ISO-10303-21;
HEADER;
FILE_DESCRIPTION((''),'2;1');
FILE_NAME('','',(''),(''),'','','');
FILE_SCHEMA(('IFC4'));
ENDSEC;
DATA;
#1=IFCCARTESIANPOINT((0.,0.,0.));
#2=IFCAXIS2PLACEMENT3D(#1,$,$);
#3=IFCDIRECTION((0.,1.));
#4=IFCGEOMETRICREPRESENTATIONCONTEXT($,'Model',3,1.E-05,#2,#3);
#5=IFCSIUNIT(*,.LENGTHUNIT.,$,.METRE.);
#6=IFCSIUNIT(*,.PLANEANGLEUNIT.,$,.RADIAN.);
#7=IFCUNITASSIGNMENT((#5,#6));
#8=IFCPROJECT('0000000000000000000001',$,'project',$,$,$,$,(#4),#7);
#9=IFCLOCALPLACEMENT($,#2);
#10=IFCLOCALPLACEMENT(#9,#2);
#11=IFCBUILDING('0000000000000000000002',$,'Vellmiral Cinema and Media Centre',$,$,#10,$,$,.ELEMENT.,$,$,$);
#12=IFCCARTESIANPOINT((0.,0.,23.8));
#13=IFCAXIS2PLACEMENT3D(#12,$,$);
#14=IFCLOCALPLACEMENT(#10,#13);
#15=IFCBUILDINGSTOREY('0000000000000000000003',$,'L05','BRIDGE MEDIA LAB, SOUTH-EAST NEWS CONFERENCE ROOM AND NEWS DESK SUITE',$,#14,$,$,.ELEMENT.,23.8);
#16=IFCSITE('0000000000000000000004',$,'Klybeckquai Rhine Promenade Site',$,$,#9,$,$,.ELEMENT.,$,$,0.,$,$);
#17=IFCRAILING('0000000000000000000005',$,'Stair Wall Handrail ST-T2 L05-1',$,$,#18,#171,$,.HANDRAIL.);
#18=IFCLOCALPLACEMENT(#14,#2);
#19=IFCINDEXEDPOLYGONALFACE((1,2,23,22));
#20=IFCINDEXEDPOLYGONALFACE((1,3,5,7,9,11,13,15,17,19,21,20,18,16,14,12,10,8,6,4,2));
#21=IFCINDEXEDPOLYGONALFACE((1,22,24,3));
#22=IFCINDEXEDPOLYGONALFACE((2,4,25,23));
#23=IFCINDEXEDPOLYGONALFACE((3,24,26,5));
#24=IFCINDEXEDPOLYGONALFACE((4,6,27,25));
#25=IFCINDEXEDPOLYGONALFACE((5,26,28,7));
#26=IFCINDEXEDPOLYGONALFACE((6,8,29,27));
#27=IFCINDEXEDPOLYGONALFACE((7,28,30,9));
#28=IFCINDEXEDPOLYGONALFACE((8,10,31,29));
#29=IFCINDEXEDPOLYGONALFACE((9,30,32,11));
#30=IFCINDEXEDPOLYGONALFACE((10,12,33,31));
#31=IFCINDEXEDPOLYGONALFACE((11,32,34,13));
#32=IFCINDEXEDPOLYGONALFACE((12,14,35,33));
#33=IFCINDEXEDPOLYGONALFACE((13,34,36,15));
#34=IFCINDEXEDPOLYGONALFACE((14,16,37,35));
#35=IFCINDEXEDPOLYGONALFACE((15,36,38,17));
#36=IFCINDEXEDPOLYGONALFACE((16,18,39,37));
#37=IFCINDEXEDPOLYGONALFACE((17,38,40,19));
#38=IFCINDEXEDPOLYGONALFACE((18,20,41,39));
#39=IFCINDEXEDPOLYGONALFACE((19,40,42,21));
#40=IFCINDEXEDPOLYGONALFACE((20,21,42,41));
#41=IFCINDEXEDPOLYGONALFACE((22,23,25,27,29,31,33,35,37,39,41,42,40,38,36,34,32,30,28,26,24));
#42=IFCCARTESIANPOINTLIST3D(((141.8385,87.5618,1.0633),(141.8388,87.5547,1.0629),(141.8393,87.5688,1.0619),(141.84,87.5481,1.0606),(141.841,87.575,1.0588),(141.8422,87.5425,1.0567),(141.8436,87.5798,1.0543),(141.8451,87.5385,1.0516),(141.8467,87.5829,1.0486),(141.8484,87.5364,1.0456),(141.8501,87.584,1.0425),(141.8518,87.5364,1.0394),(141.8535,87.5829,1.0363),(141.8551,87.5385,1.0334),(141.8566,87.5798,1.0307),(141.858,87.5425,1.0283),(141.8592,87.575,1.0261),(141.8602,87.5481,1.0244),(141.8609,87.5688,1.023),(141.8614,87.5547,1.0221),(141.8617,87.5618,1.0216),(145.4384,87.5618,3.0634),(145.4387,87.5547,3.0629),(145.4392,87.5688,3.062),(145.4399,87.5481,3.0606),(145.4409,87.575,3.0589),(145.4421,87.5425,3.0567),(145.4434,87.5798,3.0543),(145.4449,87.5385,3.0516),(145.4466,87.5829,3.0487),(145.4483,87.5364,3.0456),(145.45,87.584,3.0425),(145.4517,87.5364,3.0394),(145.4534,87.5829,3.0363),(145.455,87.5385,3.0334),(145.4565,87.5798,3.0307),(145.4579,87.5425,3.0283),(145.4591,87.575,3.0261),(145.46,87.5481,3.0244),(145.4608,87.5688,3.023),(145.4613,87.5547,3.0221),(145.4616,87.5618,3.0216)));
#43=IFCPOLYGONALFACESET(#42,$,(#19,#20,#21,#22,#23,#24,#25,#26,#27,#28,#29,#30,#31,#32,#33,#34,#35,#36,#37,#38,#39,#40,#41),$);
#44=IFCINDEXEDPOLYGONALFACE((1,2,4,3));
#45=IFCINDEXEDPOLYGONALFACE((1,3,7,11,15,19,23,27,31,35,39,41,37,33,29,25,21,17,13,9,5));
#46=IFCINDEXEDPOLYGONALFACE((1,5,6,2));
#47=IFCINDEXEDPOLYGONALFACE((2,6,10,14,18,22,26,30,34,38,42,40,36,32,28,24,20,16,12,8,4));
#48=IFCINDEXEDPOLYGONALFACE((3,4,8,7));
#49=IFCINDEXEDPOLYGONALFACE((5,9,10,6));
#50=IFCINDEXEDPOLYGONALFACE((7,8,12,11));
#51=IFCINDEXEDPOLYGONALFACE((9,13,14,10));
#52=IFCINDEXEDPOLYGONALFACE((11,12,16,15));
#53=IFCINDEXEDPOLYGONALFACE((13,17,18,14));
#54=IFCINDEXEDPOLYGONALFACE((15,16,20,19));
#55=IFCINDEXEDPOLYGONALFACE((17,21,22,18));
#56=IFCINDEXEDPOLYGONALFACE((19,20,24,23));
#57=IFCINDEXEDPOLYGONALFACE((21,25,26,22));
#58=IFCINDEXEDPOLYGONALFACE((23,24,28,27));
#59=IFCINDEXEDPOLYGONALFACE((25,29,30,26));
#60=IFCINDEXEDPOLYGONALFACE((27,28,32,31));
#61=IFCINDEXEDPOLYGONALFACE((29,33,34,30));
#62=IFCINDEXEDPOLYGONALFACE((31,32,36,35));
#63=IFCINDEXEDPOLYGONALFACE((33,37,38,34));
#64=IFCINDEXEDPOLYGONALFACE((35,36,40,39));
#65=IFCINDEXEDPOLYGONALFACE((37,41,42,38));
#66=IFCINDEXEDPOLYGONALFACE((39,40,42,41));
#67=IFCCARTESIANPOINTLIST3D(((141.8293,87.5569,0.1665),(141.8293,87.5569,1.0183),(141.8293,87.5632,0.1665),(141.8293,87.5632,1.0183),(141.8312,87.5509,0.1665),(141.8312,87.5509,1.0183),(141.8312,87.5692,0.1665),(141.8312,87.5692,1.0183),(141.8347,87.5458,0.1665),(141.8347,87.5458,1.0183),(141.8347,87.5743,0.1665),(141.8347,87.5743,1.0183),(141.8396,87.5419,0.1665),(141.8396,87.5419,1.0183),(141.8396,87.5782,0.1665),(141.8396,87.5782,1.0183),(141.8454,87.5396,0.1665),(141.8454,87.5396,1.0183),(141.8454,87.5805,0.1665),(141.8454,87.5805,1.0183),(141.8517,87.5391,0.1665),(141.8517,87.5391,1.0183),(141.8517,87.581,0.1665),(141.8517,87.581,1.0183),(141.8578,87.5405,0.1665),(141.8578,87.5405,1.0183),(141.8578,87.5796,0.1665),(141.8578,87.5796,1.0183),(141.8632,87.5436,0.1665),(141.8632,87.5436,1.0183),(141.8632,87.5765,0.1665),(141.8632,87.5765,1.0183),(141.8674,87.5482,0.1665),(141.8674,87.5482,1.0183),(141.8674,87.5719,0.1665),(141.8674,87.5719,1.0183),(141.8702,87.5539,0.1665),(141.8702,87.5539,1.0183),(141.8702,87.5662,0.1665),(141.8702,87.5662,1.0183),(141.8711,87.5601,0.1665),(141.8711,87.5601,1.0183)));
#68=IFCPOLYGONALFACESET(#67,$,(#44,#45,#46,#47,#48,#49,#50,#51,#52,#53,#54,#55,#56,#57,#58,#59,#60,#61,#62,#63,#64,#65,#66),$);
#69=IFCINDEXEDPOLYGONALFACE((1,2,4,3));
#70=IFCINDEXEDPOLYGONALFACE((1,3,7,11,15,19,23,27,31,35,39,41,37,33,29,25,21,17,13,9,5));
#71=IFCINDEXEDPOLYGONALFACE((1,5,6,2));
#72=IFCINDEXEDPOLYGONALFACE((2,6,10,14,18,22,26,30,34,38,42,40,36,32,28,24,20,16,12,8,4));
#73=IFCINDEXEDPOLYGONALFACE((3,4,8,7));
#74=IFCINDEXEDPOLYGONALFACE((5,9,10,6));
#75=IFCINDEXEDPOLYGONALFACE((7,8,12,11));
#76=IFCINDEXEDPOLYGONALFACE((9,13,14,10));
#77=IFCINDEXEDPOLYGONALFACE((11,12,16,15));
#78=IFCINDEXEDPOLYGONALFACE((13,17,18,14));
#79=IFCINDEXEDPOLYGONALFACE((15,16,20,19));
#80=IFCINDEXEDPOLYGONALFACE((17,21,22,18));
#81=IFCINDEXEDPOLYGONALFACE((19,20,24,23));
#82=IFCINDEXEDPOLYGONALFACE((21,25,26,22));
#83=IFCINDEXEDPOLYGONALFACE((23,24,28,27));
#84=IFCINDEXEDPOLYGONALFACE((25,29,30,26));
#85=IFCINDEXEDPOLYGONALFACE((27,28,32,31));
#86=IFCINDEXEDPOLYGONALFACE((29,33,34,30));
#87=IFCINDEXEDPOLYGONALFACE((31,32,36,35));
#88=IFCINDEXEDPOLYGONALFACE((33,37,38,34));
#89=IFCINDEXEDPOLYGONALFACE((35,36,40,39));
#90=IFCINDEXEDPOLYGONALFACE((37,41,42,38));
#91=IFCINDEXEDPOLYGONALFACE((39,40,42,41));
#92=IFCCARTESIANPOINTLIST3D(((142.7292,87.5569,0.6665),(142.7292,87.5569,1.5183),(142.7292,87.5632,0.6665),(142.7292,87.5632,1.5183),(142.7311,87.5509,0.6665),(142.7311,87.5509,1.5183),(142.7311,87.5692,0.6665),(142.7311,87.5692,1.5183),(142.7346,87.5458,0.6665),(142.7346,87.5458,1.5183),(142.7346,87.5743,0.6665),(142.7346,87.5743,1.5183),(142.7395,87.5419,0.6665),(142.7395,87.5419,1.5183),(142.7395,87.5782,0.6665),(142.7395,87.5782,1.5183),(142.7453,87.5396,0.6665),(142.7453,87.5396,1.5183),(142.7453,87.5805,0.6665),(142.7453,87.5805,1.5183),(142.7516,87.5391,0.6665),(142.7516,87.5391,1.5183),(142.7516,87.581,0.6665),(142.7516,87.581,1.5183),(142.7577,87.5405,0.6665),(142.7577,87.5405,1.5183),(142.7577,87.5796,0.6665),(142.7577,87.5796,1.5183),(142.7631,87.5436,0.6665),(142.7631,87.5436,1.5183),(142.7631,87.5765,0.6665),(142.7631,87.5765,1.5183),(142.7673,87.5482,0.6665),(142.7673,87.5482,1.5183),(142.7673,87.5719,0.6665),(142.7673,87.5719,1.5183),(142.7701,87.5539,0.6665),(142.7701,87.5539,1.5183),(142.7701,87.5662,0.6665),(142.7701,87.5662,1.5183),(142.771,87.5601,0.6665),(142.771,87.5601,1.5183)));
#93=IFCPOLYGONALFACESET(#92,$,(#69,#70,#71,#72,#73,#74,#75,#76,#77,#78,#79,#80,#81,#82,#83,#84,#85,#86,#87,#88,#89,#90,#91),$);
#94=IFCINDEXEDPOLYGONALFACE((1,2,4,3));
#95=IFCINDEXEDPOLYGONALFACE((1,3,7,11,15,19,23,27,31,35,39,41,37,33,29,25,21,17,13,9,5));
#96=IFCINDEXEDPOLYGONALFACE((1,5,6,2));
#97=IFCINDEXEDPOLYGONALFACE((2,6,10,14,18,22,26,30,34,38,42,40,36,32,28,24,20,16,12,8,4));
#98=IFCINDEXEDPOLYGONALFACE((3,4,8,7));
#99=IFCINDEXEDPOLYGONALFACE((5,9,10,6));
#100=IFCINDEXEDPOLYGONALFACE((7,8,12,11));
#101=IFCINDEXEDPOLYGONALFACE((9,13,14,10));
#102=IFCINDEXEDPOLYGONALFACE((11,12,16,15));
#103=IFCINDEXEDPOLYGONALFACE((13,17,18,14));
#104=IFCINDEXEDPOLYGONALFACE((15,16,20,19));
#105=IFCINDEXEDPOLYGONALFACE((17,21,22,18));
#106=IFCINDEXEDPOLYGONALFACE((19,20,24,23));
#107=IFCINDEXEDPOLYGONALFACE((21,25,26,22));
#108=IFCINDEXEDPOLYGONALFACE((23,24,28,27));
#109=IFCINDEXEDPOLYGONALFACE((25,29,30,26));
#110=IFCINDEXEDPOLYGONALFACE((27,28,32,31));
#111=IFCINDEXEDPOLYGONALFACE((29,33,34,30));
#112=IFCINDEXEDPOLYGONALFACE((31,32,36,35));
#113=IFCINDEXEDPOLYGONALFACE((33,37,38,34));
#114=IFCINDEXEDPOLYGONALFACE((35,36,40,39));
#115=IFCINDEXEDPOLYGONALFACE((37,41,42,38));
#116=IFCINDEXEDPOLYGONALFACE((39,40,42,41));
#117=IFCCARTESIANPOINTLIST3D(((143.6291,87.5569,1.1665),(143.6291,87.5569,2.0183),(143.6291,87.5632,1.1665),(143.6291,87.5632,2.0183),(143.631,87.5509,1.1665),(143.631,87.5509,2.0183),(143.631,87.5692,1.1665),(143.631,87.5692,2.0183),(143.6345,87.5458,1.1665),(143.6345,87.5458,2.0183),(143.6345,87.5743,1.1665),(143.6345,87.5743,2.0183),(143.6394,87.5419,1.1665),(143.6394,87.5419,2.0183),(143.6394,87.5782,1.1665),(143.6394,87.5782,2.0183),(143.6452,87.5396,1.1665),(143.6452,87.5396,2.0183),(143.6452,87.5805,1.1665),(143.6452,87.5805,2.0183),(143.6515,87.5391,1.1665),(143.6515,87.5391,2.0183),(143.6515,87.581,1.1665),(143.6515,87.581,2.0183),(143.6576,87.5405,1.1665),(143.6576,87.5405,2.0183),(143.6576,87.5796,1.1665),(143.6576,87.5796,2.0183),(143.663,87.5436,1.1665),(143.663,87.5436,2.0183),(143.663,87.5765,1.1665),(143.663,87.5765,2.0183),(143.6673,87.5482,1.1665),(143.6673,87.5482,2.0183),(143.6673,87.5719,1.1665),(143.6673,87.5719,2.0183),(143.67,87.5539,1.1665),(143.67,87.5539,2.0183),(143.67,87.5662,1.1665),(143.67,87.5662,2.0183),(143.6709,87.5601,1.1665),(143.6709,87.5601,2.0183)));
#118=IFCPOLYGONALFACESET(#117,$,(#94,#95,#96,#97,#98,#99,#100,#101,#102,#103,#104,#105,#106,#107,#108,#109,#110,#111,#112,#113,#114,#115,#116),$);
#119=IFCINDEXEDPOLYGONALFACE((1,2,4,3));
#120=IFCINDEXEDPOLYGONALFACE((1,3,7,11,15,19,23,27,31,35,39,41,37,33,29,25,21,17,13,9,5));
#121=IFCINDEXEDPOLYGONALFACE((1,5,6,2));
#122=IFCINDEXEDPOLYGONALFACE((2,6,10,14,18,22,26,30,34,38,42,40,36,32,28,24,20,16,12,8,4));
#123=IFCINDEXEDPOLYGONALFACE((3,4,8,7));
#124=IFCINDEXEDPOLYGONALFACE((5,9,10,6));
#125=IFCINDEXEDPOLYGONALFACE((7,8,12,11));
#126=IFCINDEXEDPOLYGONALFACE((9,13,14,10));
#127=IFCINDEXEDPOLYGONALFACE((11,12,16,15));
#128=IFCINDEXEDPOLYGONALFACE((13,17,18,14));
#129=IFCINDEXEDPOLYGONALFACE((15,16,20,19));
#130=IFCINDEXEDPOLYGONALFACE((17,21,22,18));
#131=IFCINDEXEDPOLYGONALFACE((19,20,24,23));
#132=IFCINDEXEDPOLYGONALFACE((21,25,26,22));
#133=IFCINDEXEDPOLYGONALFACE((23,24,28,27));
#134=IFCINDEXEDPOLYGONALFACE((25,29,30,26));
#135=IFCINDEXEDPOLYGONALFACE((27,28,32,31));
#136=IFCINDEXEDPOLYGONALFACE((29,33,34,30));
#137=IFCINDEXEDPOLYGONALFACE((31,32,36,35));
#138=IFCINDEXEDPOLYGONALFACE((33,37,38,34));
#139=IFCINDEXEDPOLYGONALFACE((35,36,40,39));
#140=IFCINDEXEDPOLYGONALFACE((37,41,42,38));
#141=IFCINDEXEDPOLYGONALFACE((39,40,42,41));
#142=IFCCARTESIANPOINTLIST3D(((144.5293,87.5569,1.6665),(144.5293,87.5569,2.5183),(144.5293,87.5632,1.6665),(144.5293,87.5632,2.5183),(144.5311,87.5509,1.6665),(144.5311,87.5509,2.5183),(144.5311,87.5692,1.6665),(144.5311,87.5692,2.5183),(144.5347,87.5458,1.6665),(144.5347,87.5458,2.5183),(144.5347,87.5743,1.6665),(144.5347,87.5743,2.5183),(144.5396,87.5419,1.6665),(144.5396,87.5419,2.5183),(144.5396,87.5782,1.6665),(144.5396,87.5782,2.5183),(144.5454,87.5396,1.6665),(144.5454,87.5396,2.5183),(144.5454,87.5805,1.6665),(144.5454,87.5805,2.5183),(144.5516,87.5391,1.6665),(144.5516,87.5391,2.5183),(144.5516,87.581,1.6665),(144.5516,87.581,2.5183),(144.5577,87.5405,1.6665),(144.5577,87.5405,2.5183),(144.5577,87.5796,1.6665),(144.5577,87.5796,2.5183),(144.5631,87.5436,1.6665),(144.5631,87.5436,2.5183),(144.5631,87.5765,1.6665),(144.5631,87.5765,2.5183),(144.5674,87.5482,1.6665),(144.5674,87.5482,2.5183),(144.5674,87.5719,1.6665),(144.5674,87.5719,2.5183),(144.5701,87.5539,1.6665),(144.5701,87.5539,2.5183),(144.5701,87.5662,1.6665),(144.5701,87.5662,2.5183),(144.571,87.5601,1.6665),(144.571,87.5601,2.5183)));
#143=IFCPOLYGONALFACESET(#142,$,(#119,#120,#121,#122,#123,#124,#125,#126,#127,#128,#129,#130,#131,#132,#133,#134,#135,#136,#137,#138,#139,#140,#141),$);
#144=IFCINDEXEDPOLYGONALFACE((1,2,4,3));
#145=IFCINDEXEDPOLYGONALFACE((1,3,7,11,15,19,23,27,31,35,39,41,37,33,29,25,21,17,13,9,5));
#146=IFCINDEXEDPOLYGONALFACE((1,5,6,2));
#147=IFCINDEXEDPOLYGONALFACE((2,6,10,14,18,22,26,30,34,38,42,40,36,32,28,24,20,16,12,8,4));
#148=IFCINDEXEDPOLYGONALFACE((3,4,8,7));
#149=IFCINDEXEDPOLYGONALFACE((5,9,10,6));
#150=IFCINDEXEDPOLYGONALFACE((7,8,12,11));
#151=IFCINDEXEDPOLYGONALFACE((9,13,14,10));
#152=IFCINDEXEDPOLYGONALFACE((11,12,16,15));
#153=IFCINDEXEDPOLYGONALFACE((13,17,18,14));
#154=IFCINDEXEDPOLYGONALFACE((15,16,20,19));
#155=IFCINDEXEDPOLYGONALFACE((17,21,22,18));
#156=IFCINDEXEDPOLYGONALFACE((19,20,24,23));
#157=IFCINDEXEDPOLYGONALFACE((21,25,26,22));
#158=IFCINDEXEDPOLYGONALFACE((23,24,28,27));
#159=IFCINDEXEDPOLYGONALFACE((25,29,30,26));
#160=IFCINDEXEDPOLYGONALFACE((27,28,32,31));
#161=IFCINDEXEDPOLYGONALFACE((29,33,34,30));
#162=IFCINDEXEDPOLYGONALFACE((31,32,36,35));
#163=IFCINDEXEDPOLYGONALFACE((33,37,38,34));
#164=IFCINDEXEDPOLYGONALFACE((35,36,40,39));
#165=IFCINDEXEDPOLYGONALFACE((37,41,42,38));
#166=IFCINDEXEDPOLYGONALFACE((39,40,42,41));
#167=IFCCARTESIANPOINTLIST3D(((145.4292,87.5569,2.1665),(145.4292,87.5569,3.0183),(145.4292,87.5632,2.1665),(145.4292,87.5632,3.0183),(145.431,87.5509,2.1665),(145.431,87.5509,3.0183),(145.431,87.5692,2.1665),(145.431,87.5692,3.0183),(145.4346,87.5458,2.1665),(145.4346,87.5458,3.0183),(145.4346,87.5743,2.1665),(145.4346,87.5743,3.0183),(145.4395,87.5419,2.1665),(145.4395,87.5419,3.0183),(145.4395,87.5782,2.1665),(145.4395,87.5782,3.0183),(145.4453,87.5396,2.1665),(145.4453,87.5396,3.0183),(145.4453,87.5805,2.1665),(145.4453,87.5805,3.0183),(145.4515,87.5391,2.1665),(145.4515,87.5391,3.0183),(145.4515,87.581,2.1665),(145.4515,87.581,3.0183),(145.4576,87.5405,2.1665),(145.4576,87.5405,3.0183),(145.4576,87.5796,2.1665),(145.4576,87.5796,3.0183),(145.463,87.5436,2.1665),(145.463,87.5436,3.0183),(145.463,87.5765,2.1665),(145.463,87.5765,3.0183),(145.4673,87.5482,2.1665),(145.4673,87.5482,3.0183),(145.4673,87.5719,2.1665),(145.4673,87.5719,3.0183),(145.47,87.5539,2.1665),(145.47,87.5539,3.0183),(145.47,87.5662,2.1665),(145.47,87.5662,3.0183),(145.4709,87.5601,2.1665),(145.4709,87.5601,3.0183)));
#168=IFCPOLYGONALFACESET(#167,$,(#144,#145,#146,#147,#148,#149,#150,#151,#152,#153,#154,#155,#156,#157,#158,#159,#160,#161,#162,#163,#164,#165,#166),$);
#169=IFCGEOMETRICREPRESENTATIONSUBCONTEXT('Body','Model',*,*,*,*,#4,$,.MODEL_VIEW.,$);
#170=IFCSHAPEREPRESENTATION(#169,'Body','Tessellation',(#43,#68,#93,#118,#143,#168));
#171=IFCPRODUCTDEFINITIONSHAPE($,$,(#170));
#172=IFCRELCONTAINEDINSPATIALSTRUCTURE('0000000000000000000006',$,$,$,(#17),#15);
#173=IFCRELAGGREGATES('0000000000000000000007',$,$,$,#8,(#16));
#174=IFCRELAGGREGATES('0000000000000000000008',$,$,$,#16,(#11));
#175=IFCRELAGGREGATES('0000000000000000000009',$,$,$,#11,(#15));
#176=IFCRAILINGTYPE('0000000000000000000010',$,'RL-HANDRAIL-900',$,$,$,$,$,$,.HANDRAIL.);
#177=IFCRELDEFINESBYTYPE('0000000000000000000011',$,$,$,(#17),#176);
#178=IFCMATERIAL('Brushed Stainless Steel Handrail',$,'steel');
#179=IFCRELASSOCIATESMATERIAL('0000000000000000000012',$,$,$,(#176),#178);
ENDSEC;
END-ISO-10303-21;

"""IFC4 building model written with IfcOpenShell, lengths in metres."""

from ifc_helpers import new_model, si_unit, direction, frame, origin, origin_2d, place, context, subcontext, project, spatial, circle, extrude, material, type_object, element, save


model = new_model("IFC4")

# Units and contexts
model_context = context("Model", 3, precision=1e-05, world=origin(), true_north=direction((0.0, 1.0)))
body_context = subcontext(model_context, "Body", "Model", "MODEL_VIEW")
ifc_project = project(units=[si_unit("LENGTHUNIT", "METRE"), si_unit("PLANEANGLEUNIT", "RADIAN")], contexts=[model_context])

# Site, building, storey
site_placement = place(None, origin())
site = spatial("IfcSite", under=ifc_project, at=site_placement, Name="Klybeckquai Rhine Promenade Site", CompositionType="ELEMENT", RefElevation=0.0)
building_placement = place(site_placement, origin())
building = spatial("IfcBuilding", under=site, at=building_placement, Name="Vellmiral Cinema and Media Centre", CompositionType="ELEMENT")
storey_placement = place(building_placement, frame((0.0, 0.0, 23.8)))
storey = spatial("IfcBuildingStorey", under=building, at=storey_placement, Name="L05", Description="BRIDGE MEDIA LAB, SOUTH-EAST NEWS CONFERENCE ROOM AND NEWS DESK SUITE", CompositionType="ELEMENT", Elevation=23.8)

# Railing
ifc_material_1 = material(Name="Brushed Stainless Steel Handrail", Category="steel")
railing_type_1 = type_object("IfcRailingType", Name="RL-HANDRAIL-900", PredefinedType="HANDRAIL", material=ifc_material_1)
railing_1_placement = place(storey_placement, frame((141.8501, 87.5601, 0.1665)))
element("IfcRailing", 1, at=railing_1_placement, inside=storey, type_object=railing_type_1, Name="Stair Wall Handrail ST-T2 L05-1", PredefinedType="HANDRAIL", context=body_context, shape_type="SweptSolid", body=[
    extrude(circle(Radius=0.0239, at=origin_2d()), frame((0.0, 0.0, 0.876), z_axis=(0.874149, 0.0, 0.485658), x_axis=(0.0, 1.0, 0.0)), (0.0, 0.0, 1.0), 4.1182),
    extrude(circle(Radius=0.021, at=origin_2d()), origin(), (0.0, 0.0, 1.0), 0.8518),
    extrude(circle(Radius=0.021, at=origin_2d()), frame((0.8999, 0.0, 0.5)), (0.0, 0.0, 1.0), 0.8518),
    extrude(circle(Radius=0.021, at=origin_2d()), frame((1.7998, 0.0, 1.0)), (0.0, 0.0, 1.0), 0.8518),
    extrude(circle(Radius=0.021, at=origin_2d()), frame((2.7, 0.0, 1.5)), (0.0, 0.0, 1.0), 0.8518),
    extrude(circle(Radius=0.021, at=origin_2d()), frame((3.5999, 0.0, 2.0)), (0.0, 0.0, 1.0), 0.8518),
])

save(model, "model.ifc")
